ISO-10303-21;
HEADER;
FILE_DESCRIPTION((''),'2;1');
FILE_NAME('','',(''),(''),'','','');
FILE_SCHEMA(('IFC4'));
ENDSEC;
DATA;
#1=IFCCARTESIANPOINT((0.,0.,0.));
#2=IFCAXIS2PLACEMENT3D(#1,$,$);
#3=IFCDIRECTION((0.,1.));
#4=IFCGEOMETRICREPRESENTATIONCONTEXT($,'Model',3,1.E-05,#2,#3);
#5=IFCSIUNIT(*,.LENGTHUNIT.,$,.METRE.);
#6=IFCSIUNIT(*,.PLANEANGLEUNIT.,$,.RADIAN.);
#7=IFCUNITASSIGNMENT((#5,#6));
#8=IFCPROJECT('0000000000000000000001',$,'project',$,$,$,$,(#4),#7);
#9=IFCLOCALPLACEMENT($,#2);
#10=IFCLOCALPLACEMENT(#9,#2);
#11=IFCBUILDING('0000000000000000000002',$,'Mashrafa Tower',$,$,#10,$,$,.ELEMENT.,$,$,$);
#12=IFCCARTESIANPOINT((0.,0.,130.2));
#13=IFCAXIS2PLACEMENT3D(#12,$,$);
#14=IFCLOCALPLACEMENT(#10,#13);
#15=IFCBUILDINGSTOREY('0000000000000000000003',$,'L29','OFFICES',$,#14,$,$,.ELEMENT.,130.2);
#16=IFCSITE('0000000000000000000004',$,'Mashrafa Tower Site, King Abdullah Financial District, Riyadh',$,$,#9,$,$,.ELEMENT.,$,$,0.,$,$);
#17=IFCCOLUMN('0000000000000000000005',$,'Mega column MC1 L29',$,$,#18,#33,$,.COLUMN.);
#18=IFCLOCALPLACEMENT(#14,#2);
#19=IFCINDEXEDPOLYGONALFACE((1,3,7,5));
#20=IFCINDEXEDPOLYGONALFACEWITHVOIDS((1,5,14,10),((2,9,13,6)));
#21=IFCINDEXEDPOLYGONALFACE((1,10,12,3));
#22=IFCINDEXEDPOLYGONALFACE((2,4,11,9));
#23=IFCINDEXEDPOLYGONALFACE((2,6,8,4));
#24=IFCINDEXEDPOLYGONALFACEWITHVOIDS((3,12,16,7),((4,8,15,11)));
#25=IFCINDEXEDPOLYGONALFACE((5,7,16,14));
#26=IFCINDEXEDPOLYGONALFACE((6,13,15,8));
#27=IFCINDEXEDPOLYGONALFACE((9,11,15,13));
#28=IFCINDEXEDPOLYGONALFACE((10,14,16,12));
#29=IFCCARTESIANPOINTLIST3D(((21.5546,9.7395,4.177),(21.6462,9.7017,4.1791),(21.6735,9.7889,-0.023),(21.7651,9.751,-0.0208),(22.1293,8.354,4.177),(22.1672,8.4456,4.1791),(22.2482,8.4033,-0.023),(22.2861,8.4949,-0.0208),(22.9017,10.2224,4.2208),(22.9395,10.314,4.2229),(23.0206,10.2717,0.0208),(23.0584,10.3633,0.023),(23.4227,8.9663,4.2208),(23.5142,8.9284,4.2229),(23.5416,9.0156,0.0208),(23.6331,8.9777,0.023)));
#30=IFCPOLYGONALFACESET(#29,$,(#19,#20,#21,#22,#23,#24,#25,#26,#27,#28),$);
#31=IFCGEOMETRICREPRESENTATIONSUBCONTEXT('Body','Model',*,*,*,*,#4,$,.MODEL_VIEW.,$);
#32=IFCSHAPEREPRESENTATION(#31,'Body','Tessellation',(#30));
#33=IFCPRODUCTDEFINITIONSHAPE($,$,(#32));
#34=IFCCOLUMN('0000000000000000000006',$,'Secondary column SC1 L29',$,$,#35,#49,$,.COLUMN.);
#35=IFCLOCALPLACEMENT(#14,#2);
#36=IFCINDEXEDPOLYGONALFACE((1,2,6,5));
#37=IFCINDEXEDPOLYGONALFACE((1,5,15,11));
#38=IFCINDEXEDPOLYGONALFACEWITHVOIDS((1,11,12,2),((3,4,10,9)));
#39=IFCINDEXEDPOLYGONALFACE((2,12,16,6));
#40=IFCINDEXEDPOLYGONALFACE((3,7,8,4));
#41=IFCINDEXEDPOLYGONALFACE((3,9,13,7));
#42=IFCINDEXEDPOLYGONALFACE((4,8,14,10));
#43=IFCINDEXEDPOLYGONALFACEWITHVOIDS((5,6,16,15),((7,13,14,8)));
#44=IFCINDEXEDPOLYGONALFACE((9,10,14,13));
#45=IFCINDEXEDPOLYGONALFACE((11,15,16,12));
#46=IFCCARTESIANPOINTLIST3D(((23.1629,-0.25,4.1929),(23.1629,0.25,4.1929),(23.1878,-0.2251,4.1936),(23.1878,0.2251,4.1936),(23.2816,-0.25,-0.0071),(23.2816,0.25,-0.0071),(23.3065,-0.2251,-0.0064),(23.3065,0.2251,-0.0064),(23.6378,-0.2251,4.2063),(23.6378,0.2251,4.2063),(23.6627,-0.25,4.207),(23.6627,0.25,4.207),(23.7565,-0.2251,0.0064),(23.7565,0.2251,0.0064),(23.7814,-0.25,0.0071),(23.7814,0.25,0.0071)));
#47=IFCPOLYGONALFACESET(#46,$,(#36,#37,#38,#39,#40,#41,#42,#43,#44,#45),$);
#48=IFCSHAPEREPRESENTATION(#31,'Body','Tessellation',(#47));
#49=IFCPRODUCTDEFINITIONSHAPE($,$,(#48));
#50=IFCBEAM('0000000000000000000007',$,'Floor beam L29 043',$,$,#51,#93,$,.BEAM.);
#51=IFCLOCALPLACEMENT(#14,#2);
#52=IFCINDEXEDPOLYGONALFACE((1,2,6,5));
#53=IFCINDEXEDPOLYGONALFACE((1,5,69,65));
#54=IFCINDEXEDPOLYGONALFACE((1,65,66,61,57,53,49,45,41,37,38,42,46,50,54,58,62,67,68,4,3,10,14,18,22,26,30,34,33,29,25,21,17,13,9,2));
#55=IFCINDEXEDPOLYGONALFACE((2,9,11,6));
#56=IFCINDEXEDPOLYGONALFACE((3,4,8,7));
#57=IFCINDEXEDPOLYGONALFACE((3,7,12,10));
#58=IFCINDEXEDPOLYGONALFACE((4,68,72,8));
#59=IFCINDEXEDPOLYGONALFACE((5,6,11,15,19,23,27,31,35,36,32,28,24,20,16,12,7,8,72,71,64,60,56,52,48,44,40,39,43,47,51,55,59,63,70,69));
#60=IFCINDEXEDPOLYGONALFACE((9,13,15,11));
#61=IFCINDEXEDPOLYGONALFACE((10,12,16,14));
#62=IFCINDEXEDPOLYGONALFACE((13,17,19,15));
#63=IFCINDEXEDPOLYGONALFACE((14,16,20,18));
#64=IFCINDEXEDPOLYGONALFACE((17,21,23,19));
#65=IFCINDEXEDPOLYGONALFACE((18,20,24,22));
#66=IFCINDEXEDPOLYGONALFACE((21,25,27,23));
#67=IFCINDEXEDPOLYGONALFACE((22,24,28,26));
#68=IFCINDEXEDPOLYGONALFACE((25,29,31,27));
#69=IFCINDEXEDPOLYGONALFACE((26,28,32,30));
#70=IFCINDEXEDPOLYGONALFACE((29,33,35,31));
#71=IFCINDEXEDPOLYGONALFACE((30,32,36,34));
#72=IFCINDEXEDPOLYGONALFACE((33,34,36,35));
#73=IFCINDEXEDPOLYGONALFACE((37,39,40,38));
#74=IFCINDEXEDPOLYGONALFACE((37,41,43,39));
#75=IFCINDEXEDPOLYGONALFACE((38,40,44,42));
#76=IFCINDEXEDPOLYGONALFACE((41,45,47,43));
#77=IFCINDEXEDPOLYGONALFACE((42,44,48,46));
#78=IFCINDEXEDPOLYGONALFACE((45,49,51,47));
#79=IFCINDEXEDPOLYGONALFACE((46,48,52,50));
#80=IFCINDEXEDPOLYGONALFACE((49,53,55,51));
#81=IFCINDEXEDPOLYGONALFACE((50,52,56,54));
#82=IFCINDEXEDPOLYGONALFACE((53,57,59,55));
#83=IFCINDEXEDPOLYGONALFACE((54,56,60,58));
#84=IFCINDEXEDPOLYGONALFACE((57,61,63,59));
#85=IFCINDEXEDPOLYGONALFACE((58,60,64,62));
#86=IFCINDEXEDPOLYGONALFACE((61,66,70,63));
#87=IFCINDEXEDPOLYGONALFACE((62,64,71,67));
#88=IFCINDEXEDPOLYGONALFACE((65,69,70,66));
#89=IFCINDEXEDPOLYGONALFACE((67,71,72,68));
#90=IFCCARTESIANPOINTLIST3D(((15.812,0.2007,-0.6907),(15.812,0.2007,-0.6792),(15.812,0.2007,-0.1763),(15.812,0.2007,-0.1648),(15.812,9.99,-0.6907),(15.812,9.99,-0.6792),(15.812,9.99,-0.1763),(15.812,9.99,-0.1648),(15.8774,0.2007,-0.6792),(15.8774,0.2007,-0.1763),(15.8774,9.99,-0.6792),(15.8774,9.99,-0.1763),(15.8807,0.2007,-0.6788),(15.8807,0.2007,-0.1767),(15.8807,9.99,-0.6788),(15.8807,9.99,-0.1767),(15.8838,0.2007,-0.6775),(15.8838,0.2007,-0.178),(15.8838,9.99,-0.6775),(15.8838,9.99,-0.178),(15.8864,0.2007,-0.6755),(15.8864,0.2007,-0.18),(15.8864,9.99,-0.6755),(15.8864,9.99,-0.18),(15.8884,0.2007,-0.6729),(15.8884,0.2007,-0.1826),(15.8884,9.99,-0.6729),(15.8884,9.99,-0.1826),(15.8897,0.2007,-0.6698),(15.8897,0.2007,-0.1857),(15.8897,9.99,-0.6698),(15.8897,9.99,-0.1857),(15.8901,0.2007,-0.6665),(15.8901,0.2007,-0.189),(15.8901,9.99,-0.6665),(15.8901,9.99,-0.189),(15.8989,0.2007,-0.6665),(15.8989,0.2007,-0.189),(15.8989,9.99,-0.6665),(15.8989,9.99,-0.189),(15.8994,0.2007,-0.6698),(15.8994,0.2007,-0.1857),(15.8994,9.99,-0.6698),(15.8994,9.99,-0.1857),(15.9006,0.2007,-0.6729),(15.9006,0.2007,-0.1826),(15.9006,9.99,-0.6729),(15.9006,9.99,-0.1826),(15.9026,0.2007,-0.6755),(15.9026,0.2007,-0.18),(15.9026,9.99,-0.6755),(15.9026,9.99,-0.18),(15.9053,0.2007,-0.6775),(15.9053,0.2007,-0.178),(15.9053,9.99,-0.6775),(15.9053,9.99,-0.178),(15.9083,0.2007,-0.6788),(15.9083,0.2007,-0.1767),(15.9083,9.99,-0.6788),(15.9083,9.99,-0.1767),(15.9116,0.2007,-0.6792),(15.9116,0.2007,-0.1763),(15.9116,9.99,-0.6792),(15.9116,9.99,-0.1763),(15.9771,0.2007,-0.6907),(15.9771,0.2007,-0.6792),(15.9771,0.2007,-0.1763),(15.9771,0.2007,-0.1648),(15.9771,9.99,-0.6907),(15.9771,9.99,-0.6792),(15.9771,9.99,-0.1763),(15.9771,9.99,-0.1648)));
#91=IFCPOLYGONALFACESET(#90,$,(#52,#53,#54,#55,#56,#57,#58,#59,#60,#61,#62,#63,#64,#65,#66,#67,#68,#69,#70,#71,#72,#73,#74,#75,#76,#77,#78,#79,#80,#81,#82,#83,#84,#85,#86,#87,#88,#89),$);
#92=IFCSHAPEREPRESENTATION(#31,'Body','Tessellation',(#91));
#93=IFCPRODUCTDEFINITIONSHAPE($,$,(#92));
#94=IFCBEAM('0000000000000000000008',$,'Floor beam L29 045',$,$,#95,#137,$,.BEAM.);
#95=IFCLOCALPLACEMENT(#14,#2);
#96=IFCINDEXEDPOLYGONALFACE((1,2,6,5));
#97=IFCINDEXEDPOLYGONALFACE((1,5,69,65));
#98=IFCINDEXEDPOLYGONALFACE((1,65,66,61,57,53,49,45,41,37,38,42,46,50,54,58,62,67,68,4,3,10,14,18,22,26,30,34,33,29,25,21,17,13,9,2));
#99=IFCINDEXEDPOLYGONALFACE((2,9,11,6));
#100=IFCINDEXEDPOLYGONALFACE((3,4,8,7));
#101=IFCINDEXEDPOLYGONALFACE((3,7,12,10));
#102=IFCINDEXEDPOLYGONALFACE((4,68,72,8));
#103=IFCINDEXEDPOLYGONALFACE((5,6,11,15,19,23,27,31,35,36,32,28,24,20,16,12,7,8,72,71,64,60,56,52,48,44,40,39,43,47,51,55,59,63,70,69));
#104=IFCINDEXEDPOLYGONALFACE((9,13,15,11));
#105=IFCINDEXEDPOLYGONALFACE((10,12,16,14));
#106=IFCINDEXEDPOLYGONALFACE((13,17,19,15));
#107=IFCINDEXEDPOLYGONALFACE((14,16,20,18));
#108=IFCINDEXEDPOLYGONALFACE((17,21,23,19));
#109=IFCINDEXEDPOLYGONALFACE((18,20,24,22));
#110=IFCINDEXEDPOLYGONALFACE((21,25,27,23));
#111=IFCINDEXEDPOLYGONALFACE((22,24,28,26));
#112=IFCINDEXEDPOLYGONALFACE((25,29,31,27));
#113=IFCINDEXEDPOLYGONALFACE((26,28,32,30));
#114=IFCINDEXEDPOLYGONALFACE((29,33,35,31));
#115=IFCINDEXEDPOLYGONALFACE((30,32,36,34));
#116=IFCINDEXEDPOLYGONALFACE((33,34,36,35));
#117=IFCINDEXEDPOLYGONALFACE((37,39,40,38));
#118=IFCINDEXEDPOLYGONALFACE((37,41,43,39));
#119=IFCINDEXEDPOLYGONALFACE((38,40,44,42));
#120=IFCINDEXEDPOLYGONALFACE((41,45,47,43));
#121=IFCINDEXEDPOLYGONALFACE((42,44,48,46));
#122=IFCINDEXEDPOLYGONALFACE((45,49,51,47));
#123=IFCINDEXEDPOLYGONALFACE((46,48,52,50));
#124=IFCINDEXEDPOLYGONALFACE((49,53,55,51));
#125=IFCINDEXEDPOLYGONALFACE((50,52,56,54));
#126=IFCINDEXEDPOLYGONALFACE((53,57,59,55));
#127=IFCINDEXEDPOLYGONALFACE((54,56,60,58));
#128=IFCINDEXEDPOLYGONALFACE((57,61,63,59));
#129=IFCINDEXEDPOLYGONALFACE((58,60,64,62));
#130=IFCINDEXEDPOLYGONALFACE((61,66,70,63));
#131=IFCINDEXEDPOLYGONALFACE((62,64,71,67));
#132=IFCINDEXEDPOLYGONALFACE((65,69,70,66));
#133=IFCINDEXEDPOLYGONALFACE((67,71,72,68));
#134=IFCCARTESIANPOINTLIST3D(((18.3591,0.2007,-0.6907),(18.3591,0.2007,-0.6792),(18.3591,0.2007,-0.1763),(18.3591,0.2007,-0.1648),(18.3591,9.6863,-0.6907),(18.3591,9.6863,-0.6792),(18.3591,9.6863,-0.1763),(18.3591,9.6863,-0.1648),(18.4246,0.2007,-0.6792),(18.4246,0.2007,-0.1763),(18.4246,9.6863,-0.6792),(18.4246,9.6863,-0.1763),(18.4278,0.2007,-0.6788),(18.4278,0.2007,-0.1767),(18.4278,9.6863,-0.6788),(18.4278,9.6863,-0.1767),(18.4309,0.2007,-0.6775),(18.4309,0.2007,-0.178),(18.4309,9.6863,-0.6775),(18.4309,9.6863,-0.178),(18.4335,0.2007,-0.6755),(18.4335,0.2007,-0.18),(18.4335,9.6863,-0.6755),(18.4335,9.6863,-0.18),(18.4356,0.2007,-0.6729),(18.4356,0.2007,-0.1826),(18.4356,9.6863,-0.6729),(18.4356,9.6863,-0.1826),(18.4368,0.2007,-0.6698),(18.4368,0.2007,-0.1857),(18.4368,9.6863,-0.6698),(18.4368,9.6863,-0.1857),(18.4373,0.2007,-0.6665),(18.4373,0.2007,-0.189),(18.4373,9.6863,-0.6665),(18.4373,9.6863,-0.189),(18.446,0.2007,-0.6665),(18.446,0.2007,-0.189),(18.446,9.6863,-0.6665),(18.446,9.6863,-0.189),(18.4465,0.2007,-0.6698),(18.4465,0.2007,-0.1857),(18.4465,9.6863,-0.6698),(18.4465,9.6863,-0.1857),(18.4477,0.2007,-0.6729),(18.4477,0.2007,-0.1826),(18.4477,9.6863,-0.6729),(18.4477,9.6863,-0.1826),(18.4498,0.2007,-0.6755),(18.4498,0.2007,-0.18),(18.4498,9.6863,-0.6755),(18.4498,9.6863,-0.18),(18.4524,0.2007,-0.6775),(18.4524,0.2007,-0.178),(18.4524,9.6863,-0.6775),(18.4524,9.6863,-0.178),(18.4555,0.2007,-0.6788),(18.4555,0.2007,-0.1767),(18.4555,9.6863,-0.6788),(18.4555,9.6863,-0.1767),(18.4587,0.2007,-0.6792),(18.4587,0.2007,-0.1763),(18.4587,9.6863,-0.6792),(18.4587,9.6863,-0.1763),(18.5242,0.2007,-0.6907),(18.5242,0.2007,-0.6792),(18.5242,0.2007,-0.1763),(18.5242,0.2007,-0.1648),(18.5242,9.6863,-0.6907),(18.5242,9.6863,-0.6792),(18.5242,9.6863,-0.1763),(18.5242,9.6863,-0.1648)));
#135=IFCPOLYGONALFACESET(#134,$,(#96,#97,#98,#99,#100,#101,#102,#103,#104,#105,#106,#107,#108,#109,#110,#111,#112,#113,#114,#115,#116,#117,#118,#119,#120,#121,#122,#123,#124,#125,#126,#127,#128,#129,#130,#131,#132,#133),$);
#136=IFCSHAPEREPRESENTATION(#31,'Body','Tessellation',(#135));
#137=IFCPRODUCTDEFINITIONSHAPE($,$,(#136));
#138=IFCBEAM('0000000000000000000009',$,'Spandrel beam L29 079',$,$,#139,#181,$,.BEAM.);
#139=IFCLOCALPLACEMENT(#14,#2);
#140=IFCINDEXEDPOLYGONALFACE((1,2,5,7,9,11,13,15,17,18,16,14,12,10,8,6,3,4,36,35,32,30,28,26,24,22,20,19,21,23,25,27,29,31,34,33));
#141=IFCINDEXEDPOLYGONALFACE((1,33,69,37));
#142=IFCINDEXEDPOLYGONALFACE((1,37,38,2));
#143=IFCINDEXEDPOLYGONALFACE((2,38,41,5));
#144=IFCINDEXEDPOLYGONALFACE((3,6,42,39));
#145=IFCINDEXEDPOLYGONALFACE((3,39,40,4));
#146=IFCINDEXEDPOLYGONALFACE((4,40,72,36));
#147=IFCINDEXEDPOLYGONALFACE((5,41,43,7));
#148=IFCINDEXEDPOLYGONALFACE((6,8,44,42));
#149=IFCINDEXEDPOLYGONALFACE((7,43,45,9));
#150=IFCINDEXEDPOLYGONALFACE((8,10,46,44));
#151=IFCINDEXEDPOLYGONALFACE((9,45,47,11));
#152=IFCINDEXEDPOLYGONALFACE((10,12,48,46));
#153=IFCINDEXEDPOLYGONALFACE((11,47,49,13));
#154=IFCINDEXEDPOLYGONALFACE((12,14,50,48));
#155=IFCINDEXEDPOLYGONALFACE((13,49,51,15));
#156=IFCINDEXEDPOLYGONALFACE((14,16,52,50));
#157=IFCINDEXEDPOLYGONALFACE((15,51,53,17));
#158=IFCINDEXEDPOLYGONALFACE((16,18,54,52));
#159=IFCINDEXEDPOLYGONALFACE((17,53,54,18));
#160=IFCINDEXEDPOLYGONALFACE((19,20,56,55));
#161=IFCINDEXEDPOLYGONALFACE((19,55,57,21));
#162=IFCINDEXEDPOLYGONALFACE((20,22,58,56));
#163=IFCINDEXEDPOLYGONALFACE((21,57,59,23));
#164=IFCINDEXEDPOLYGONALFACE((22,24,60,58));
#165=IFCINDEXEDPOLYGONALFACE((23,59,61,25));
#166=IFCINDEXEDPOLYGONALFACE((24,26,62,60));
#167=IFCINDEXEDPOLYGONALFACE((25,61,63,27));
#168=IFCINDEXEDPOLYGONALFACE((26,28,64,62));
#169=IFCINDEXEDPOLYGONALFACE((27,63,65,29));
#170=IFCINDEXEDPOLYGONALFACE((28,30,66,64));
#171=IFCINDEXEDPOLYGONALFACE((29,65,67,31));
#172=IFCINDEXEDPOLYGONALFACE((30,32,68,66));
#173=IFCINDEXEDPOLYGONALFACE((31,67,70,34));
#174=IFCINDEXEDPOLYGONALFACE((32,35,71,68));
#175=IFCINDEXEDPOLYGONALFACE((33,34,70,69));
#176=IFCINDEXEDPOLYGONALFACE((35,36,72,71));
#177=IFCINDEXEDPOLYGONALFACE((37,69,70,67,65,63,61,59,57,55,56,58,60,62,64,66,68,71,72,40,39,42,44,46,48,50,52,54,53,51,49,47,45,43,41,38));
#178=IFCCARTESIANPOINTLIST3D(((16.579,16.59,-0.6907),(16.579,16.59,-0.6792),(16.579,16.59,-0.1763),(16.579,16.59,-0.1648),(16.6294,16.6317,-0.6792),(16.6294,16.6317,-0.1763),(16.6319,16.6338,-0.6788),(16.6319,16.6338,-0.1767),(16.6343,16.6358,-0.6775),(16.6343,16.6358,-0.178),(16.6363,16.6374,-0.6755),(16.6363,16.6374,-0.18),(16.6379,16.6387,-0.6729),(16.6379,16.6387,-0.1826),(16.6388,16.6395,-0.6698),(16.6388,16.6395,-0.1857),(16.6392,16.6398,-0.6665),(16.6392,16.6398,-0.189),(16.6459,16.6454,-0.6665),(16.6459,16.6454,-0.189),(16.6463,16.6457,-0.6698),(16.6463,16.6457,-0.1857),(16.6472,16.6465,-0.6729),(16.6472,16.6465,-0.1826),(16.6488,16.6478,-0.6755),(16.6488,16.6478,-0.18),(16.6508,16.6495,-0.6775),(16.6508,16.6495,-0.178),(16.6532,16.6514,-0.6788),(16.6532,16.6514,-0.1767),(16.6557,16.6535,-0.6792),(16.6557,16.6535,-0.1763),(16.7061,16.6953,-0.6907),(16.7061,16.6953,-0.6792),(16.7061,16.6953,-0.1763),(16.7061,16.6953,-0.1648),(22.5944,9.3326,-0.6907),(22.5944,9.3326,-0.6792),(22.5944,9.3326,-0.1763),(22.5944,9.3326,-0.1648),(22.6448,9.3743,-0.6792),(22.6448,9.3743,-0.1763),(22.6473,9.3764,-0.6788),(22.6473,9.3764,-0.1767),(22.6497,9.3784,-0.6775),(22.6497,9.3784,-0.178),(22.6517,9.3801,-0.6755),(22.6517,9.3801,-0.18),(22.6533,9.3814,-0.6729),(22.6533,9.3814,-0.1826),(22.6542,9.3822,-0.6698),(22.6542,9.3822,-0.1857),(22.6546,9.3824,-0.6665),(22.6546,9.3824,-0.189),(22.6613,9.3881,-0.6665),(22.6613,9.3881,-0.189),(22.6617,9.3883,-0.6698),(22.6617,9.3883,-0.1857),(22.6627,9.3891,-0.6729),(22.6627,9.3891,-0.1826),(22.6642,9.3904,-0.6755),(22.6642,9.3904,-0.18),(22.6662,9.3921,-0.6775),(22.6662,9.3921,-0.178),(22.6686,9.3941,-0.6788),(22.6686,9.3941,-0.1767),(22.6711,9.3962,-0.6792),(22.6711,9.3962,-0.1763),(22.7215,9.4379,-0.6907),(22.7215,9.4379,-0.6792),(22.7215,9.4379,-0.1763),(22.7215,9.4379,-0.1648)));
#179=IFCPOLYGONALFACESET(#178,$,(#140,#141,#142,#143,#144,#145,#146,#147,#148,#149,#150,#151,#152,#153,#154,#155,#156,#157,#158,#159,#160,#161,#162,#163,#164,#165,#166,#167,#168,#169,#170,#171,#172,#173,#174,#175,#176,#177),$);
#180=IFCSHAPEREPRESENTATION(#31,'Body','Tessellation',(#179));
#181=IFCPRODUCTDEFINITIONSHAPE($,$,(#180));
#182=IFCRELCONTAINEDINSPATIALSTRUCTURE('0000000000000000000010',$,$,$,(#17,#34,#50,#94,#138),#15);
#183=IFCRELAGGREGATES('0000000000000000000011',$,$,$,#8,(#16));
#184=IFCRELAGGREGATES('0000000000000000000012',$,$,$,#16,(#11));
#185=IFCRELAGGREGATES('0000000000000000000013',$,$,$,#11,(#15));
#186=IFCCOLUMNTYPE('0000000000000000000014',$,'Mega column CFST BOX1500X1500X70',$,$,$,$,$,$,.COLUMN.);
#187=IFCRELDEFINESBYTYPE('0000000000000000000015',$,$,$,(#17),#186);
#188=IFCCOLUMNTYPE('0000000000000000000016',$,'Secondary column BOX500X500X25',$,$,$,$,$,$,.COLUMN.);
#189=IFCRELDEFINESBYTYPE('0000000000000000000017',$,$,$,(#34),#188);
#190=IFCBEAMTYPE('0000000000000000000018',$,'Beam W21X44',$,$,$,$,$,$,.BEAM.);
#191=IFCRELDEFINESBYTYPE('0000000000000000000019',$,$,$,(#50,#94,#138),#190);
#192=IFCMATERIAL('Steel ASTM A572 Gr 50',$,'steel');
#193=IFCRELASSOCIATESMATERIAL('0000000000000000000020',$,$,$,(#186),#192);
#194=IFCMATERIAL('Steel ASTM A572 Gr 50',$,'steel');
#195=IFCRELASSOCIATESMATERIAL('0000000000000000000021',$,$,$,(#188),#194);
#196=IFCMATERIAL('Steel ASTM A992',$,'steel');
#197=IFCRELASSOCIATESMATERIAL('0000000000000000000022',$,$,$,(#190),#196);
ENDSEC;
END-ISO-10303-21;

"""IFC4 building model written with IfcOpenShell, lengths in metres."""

from ifc_helpers import new_model, si_unit, direction, frame, origin, origin_2d, place, context, subcontext, project, spatial, hollow_rectangle, i_section, extrude, material, material_profile, profile_set, type_object, element, save


model = new_model("IFC4")

# Units and contexts
model_context = context("Model", 3, precision=1e-05, world=origin(), true_north=direction((0.0, 1.0)))
body_context = subcontext(model_context, "Body", "Model", "MODEL_VIEW")
ifc_project = project(units=[si_unit("LENGTHUNIT", "METRE"), si_unit("PLANEANGLEUNIT", "RADIAN")], contexts=[model_context])

# Site, building, storey
site_placement = place(None, origin())
site = spatial("IfcSite", under=ifc_project, at=site_placement, Name="Mashrafa Tower Site, King Abdullah Financial District, Riyadh", CompositionType="ELEMENT", RefElevation=0.0)
building_placement = place(site_placement, origin())
building = spatial("IfcBuilding", under=site, at=building_placement, Name="Mashrafa Tower", CompositionType="ELEMENT")
storey_placement = place(building_placement, frame((0.0, 0.0, 130.2)))
storey = spatial("IfcBuildingStorey", under=building, at=storey_placement, Name="L29", Description="OFFICES", CompositionType="ELEMENT", Elevation=130.2)

# Columns
ifc_material_1 = material(Name="Steel ASTM A572 Gr 50", Category="steel")
ifc_material_profile_1 = material_profile(ifc_material_1, hollow_rectangle(XDim=1.5, YDim=1.5, WallThickness=0.0701, at=origin_2d()), Name="BOX1500X1500X70")
ifc_profile_set_1 = profile_set([ifc_material_profile_1], Name="Steel ASTM A572 Gr 50")
column_type_1 = type_object("IfcColumnType", Name="Mega column CFST BOX1500X1500X70", PredefinedType="COLUMN", material=ifc_profile_set_1)
column_1_placement = place(storey_placement, frame((22.6533, 9.3833, 0.0), z_axis=(-0.028296, -0.011737, 0.999531), x_axis=(0.383133, -0.923693, 0.0)))
element("IfcColumn", 1, at=column_1_placement, inside=storey, type_object=column_type_1, Name="Mega column MC1 L29", PredefinedType="COLUMN", context=body_context, shape_type="SweptSolid", body=[
    extrude(hollow_rectangle(XDim=1.5, YDim=1.5, WallThickness=0.0701, at=origin_2d()), origin(), (0.0, 0.0, 1.0), 4.2019),
])
ifc_material_2 = material(Name="Steel ASTM A572 Gr 50", Category="steel")
ifc_material_profile_2 = material_profile(ifc_material_2, hollow_rectangle(XDim=0.5, YDim=0.5, WallThickness=0.0249, at=origin_2d()), Name="BOX500X500X25")
ifc_profile_set_2 = profile_set([ifc_material_profile_2], Name="Steel ASTM A572 Gr 50")
column_type_2 = type_object("IfcColumnType", Name="Secondary column BOX500X500X25", PredefinedType="COLUMN", material=ifc_profile_set_2)
column_2_placement = place(storey_placement, frame((23.5315, 0.0, 0.0), z_axis=(-0.02824, 0.0, 0.999601), x_axis=(0.0, -1.0, 0.0)))
element("IfcColumn", 2, at=column_2_placement, inside=storey, type_object=column_type_2, Name="Secondary column SC1 L29", PredefinedType="COLUMN", context=body_context, shape_type="SweptSolid", body=[
    extrude(hollow_rectangle(XDim=0.5, YDim=0.5, WallThickness=0.0249, at=origin_2d()), origin(), (0.0, 0.0, 1.0), 4.2017),
])

# Beams
ifc_material_3 = material(Name="Steel ASTM A992", Category="steel")
ifc_material_profile_3 = material_profile(ifc_material_3, i_section(OverallWidth=0.165, OverallDepth=0.5259, WebThickness=0.0088, FlangeThickness=0.0115, FilletRadius=0.0127, at=origin_2d()), Name="W21X44")
ifc_profile_set_3 = profile_set([ifc_material_profile_3], Name="Steel ASTM A992")
beam_type_1 = type_object("IfcBeamType", Name="Beam W21X44", PredefinedType="BEAM", material=ifc_profile_set_3)
beam_1_placement = place(storey_placement, frame((15.8945, 9.99, -0.4277), z_axis=(0.0, -1.0, 0.0), x_axis=(1.0, 0.0, 0.0)))
element("IfcBeam", 3, at=beam_1_placement, inside=storey, type_object=beam_type_1, Name="Floor beam L29 043", PredefinedType="BEAM", context=body_context, shape_type="SweptSolid", body=[
    extrude(i_section(OverallWidth=0.165, OverallDepth=0.5259, WebThickness=0.0088, FlangeThickness=0.0115, FilletRadius=0.0127, at=origin_2d()), origin(), (0.0, 0.0, 1.0), 9.7893),
])
beam_2_placement = place(storey_placement, frame((18.4417, 9.6863, -0.4277), z_axis=(0.0, -1.0, 0.0), x_axis=(1.0, 0.0, 0.0)))
element("IfcBeam", 4, at=beam_2_placement, inside=storey, type_object=beam_type_1, Name="Floor beam L29 045", PredefinedType="BEAM", context=body_context, shape_type="SweptSolid", body=[
    extrude(i_section(OverallWidth=0.165, OverallDepth=0.5259, WebThickness=0.0088, FlangeThickness=0.0115, FilletRadius=0.0127, at=origin_2d()), origin(), (0.0, 0.0, 1.0), 9.4856),
])
for number, where, z_axis, x_axis, name in (
    (5, (22.658, 9.3853, -0.4277), (-0.638154, 0.769908, 0.0), (-0.769908, -0.638154, 0.0), "Spandrel beam L29 079"),
):
    element("IfcBeam", number, at=place(storey_placement, frame(where, z_axis=z_axis, x_axis=x_axis)), inside=storey, type_object=beam_type_1, Name=name, PredefinedType="BEAM", context=body_context, shape_type="SweptSolid", body=[
        extrude(i_section(OverallWidth=0.165, OverallDepth=0.5259, WebThickness=0.0088, FlangeThickness=0.0115, FilletRadius=0.0127, at=origin_2d()), origin(), (0.0, 0.0, 1.0), 9.4263),
    ])

save(model, "model.ifc")
